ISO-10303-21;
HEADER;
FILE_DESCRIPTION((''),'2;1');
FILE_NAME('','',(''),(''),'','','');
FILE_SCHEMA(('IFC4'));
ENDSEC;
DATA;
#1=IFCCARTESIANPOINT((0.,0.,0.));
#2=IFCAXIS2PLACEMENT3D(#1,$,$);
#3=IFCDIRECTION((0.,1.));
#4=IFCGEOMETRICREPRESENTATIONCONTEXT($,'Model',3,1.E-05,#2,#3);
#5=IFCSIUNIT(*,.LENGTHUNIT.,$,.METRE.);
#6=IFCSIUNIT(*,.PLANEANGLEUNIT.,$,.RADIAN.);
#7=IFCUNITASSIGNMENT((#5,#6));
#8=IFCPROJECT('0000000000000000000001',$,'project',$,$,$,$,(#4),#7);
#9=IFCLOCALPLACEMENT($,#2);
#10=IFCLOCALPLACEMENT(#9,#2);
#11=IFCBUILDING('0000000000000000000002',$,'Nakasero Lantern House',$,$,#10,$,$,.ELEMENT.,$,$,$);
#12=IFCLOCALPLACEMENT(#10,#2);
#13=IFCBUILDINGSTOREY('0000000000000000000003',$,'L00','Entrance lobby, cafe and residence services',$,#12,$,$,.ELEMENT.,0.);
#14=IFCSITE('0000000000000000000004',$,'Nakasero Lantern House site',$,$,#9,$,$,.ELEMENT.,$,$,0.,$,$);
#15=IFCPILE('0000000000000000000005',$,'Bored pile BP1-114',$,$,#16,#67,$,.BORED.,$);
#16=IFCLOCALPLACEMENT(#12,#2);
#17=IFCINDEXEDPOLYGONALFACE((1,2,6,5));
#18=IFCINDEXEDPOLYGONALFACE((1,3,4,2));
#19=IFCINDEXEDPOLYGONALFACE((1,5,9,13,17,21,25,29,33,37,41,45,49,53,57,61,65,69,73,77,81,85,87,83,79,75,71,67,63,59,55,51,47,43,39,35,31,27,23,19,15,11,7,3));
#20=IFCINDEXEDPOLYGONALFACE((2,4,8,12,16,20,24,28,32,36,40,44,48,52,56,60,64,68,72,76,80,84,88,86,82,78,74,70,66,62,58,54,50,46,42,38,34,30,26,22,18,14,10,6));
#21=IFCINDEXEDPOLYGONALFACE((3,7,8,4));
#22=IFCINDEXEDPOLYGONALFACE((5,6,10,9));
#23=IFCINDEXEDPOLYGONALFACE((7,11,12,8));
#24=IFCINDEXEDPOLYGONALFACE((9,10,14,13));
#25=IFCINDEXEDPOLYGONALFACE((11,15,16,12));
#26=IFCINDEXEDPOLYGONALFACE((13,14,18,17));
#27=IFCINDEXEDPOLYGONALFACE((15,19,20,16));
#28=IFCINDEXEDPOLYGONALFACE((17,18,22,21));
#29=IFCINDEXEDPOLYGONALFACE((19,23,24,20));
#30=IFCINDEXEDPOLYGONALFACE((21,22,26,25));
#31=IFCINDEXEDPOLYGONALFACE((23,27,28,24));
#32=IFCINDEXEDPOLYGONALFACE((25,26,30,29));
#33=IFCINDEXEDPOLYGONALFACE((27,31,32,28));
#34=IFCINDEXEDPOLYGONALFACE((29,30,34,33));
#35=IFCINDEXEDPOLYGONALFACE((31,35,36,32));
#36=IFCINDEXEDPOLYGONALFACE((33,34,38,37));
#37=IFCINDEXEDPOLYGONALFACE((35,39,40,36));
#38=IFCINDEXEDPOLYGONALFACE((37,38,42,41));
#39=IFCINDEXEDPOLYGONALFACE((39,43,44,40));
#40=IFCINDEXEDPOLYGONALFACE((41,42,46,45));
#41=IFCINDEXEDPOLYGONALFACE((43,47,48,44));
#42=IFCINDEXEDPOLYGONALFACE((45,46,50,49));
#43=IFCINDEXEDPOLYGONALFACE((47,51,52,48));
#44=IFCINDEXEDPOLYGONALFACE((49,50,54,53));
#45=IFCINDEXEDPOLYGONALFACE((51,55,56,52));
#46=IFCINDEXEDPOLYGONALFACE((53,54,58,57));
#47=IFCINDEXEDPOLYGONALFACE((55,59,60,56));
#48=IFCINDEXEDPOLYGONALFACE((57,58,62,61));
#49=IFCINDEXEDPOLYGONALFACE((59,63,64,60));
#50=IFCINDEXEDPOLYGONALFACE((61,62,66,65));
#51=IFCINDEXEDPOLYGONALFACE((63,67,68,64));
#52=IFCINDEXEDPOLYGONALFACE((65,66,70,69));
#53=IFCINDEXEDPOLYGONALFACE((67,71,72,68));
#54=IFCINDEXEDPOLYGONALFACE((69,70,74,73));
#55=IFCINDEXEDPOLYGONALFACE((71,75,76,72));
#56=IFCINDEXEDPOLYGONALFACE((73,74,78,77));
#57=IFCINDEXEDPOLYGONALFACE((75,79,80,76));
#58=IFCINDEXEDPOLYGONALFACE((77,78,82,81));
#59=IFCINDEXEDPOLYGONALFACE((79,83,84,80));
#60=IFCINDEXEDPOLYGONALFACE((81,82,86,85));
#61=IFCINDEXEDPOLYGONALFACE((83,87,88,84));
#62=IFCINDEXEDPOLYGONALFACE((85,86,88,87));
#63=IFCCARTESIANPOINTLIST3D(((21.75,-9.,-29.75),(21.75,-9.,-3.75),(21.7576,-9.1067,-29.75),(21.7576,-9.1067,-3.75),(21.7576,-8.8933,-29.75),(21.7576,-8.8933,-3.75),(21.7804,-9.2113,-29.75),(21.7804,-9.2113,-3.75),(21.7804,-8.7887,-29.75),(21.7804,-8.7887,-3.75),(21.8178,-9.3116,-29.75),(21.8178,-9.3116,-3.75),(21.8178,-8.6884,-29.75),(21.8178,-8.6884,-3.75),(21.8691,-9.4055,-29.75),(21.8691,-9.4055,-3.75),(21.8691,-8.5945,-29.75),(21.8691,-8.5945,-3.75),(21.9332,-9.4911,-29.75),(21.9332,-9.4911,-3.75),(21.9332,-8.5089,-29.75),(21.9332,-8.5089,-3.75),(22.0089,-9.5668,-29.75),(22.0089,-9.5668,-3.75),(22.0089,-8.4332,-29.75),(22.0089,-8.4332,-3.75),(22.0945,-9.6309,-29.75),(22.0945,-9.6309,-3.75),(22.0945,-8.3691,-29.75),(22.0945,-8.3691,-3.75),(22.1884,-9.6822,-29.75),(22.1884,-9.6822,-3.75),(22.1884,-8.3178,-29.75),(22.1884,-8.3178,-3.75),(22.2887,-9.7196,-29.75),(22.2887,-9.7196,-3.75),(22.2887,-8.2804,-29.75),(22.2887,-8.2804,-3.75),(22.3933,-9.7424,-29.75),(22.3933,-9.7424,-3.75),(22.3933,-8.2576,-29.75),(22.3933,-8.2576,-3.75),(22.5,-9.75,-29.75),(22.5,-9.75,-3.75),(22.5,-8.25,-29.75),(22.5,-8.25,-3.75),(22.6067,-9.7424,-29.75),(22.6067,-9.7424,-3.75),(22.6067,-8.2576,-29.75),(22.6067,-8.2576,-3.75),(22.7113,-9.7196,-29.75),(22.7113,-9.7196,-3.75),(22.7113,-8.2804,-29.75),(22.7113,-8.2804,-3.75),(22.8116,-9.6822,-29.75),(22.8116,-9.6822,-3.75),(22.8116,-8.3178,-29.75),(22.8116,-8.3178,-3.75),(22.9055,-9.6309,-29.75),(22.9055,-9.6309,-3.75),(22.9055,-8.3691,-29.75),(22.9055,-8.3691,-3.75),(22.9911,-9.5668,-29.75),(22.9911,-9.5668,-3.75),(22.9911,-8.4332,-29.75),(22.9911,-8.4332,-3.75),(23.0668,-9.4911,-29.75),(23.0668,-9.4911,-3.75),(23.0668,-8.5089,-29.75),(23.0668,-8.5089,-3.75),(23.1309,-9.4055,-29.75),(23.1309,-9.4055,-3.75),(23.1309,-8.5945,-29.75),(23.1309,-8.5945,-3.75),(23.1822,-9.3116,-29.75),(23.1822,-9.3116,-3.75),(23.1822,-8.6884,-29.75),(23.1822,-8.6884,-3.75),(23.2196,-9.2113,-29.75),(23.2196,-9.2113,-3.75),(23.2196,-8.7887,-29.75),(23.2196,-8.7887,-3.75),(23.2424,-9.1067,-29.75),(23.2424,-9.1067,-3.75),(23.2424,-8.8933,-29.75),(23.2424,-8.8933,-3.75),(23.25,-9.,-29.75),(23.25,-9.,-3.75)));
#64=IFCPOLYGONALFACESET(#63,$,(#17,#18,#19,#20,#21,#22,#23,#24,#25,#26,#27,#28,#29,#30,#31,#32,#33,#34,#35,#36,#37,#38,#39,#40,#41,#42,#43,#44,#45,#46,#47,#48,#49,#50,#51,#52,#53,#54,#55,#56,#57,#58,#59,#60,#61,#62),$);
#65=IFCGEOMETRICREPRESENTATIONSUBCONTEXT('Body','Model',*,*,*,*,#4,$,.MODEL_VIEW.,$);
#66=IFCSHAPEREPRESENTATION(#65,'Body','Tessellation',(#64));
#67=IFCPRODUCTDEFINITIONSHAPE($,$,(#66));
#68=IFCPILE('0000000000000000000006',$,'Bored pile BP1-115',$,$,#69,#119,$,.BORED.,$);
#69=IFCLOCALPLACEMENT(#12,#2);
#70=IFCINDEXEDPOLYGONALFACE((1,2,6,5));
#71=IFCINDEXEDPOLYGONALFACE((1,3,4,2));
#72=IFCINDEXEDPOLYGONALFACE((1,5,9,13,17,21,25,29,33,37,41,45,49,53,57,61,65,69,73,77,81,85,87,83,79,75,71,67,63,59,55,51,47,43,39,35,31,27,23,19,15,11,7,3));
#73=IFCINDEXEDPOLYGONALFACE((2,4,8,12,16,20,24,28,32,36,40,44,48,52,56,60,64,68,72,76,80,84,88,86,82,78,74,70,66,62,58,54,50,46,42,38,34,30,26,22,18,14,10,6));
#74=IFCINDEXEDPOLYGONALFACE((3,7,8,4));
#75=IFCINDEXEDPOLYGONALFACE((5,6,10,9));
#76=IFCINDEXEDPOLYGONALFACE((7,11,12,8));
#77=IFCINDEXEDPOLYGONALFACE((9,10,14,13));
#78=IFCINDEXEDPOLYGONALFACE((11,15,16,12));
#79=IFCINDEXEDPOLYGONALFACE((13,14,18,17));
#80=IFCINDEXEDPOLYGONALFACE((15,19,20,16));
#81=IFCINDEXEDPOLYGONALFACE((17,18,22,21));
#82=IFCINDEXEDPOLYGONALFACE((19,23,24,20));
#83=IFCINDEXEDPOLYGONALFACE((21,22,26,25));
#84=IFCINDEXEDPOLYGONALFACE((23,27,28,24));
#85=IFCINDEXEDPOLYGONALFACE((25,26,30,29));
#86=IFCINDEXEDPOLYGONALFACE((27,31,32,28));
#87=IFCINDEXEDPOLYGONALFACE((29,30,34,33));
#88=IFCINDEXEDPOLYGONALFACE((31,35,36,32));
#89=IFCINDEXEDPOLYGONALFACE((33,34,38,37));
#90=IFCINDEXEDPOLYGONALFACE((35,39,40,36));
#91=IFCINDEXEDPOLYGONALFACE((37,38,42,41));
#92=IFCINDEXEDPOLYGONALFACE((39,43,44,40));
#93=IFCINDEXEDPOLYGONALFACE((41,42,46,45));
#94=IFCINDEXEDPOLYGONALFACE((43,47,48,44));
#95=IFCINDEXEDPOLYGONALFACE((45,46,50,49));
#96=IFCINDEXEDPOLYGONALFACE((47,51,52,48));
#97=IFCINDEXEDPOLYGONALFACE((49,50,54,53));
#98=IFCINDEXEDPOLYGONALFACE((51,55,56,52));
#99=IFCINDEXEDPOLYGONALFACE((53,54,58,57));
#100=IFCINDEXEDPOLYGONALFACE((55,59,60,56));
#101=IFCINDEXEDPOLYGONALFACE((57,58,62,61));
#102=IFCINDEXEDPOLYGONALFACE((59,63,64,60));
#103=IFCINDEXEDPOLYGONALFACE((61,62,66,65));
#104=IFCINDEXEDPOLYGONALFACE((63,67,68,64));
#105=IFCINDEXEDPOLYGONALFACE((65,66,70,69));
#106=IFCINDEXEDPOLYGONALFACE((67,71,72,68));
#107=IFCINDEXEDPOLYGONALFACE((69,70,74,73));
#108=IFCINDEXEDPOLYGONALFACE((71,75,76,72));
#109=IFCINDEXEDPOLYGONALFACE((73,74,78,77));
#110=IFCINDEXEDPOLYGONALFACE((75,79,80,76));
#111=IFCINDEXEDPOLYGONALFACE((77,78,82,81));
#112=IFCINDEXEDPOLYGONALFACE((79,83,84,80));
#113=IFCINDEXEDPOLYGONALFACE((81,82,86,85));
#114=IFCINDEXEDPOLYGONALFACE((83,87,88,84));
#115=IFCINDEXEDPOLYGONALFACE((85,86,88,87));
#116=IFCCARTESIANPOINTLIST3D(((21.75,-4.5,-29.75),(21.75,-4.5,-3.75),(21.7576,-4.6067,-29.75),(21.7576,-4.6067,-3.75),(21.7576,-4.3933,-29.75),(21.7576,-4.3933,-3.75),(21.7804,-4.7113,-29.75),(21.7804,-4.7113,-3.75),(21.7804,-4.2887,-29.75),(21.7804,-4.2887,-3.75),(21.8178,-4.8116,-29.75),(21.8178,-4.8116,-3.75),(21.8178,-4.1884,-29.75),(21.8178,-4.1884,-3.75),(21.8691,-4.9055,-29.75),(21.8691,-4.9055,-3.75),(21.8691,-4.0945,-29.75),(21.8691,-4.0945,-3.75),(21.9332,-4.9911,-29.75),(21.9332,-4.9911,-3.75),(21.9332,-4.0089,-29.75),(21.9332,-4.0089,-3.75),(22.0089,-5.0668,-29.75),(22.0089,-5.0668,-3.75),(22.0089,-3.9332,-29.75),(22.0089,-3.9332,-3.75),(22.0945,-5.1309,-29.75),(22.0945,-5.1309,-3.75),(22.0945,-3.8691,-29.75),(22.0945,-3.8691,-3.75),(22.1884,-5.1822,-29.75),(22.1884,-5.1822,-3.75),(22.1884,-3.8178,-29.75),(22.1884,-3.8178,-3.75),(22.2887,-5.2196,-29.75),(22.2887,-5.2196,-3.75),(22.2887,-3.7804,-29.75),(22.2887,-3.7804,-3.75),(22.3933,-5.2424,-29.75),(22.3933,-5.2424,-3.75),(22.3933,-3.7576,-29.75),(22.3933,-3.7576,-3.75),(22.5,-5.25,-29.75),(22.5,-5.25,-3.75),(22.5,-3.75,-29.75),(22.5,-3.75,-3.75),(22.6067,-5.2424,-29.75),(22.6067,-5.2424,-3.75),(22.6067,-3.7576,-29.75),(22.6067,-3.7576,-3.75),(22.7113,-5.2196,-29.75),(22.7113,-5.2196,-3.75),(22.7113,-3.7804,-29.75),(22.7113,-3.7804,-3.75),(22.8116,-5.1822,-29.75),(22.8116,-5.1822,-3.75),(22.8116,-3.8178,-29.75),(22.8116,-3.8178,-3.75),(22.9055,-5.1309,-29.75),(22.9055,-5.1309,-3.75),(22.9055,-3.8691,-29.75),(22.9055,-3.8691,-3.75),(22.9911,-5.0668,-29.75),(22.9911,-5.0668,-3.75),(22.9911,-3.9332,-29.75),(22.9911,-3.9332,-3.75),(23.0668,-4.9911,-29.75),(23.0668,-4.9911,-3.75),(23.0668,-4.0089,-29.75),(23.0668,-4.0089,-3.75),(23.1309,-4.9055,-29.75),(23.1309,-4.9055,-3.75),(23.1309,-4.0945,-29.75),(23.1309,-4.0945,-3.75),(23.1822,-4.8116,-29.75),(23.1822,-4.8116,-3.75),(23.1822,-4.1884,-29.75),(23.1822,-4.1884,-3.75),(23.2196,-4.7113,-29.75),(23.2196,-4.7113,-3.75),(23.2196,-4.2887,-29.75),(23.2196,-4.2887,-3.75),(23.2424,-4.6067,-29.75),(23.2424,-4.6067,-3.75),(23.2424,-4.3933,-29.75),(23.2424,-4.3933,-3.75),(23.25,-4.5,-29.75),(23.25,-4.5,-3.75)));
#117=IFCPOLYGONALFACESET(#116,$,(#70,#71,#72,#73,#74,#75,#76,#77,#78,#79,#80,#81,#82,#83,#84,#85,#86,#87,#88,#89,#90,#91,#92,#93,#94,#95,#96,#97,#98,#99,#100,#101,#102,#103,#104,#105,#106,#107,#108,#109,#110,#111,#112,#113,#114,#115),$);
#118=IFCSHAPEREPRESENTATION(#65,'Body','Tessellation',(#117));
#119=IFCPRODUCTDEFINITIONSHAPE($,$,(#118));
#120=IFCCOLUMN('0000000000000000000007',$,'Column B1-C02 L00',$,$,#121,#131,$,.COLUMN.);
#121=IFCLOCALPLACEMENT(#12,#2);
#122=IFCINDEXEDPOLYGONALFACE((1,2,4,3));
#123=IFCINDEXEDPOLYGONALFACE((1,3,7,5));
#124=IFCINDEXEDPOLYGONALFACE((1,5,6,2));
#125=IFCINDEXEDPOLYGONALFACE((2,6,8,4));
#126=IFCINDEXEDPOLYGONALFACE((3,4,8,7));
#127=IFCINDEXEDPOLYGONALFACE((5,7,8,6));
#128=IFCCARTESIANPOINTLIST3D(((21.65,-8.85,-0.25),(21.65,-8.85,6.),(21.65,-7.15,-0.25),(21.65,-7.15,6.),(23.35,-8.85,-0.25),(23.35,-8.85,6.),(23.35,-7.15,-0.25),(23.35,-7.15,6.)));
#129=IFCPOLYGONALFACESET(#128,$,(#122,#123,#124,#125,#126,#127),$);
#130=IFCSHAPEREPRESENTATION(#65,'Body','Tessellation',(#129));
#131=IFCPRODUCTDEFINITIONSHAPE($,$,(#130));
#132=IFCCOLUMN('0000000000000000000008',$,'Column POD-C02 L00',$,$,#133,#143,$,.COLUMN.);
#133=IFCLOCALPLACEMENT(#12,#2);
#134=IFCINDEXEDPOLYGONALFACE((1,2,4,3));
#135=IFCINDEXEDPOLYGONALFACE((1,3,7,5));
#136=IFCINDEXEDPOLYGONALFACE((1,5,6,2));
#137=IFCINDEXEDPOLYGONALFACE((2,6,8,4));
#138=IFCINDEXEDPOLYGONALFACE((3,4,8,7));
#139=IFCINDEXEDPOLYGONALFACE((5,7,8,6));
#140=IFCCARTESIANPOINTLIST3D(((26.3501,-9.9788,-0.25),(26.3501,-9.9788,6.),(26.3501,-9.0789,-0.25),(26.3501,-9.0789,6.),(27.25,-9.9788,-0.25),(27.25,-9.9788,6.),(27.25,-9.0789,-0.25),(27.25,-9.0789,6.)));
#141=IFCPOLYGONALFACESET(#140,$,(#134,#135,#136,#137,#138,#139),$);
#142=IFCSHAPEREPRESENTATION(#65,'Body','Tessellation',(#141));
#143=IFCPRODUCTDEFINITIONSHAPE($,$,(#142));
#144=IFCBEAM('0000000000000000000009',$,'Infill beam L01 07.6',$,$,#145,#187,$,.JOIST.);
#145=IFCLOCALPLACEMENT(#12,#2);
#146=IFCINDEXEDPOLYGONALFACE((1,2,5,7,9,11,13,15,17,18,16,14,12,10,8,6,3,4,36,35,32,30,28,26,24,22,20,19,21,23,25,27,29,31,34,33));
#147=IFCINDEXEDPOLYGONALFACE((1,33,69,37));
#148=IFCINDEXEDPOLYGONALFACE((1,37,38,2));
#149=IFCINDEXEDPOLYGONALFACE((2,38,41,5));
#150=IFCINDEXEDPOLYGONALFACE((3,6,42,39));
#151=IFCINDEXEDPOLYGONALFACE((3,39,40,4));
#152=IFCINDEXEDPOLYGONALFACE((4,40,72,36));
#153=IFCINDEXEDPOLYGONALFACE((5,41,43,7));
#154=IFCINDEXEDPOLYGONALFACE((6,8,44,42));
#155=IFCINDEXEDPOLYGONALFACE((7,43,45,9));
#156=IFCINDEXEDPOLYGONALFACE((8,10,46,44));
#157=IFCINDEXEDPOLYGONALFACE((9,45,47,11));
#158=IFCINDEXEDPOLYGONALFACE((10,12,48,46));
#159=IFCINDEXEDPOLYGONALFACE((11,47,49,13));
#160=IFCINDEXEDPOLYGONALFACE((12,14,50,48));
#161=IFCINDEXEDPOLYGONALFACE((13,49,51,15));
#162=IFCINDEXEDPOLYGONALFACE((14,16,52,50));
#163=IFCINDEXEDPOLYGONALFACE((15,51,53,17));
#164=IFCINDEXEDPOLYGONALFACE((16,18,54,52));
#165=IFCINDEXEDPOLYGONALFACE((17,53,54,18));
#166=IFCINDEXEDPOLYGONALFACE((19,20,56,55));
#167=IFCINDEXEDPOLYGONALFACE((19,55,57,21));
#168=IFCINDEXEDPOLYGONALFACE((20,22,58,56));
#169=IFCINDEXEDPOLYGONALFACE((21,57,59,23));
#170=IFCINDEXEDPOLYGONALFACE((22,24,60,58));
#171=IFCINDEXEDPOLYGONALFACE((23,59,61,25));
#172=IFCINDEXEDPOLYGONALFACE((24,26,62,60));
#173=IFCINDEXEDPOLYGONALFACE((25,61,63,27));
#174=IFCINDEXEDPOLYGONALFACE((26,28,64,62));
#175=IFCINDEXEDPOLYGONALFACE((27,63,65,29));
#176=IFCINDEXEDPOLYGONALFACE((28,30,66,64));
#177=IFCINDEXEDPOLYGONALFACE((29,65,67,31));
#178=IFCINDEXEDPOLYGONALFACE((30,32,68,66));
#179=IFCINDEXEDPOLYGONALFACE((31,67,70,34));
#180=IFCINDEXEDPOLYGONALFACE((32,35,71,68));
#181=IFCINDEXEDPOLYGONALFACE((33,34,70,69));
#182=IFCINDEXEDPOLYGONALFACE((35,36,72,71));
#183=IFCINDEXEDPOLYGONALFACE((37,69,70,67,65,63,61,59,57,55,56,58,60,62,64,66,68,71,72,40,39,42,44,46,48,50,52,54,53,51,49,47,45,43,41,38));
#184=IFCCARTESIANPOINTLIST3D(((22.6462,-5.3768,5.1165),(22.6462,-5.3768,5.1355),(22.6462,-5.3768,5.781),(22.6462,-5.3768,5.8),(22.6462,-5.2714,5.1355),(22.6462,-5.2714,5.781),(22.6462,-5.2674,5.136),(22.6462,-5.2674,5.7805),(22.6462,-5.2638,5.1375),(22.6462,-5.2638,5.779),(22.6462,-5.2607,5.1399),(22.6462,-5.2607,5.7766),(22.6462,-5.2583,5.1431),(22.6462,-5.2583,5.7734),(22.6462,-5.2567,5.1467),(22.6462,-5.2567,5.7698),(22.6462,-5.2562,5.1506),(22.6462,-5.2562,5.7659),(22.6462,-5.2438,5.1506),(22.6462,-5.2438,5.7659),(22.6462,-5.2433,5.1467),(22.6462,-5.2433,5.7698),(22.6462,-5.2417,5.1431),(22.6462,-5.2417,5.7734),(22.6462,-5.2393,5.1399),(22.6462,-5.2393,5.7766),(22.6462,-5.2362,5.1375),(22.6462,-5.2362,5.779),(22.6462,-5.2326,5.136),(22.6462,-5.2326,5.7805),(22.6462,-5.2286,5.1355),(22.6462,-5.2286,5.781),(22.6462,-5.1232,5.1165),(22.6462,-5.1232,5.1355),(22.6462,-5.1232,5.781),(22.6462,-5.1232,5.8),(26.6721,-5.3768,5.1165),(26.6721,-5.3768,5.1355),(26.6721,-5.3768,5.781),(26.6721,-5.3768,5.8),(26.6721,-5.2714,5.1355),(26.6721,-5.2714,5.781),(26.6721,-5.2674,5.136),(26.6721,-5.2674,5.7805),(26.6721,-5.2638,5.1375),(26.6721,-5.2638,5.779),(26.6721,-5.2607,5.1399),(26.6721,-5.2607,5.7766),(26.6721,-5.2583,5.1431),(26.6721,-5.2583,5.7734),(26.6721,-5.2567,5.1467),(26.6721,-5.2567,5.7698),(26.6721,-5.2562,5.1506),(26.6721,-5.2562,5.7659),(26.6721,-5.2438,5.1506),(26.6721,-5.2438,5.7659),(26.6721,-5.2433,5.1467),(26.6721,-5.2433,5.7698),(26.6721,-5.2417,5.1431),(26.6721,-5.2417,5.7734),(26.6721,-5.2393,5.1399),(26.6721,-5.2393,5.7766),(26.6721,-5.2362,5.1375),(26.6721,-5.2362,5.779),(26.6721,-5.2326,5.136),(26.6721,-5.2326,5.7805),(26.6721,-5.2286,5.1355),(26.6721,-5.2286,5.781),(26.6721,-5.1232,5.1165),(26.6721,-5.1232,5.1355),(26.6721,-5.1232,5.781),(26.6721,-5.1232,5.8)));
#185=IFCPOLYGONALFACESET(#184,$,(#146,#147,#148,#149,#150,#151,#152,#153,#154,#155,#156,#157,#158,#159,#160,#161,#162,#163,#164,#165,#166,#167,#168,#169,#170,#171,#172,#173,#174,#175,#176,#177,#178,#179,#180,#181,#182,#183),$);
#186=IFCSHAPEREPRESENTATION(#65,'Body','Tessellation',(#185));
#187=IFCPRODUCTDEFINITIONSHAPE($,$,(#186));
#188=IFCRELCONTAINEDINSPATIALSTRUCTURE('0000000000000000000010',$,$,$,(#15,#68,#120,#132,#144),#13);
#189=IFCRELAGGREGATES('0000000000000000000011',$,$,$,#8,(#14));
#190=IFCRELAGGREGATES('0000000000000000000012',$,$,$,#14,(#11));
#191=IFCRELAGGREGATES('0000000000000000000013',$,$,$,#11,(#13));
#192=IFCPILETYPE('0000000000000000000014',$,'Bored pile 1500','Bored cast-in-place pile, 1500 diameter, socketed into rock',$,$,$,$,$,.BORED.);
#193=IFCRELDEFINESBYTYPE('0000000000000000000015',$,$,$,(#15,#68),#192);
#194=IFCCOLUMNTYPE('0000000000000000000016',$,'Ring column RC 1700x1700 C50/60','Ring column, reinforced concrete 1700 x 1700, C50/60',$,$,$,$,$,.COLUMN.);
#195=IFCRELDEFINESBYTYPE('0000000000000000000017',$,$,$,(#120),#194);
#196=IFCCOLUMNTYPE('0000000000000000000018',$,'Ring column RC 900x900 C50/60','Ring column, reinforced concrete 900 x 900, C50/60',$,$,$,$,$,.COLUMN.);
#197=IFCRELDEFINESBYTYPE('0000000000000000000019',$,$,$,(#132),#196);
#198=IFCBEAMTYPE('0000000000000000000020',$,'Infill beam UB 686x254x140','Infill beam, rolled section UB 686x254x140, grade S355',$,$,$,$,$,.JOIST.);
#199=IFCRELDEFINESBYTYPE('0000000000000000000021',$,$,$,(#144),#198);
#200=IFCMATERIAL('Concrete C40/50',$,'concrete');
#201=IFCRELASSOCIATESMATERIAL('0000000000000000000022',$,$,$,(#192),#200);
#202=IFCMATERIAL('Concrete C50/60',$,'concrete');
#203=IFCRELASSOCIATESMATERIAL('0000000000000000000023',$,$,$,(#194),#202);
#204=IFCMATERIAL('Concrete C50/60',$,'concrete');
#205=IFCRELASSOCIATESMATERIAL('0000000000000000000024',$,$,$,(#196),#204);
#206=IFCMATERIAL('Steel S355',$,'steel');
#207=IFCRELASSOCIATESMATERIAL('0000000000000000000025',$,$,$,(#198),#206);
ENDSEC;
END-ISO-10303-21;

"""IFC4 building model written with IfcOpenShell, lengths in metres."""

from ifc_helpers import new_model, si_unit, direction, frame, origin, origin_2d, place, context, subcontext, project, spatial, rectangle, circle, i_section, extrude, material, material_profile, profile_set, type_object, element, save


model = new_model("IFC4")

# Units and contexts
model_context = context("Model", 3, precision=1e-05, world=origin(), true_north=direction((0.0, 1.0)))
body_context = subcontext(model_context, "Body", "Model", "MODEL_VIEW")
ifc_project = project(units=[si_unit("LENGTHUNIT", "METRE"), si_unit("PLANEANGLEUNIT", "RADIAN")], contexts=[model_context])

# Site, building, storey
site_placement = place(None, origin())
site = spatial("IfcSite", under=ifc_project, at=site_placement, Name="Nakasero Lantern House site", CompositionType="ELEMENT", RefElevation=0.0)
building_placement = place(site_placement, origin())
building = spatial("IfcBuilding", under=site, at=building_placement, Name="Nakasero Lantern House", CompositionType="ELEMENT")
storey_placement = place(building_placement, origin())
storey = spatial("IfcBuildingStorey", under=building, at=storey_placement, Name="L00", Description="Entrance lobby, cafe and residence services", CompositionType="ELEMENT", Elevation=0.0)

# Piles
ifc_material_1 = material(Name="Concrete C40/50", Category="concrete")
pile_type = type_object("IfcPileType", Name="Bored pile 1500", Description="Bored cast-in-place pile, 1500 diameter, socketed into rock", PredefinedType="BORED", material=ifc_material_1)
for number, where, z_axis, x_axis, name in (
    (1, (22.5, -9.0, -3.75), (0.0, 0.0, -1.0), (1.0, 0.0, 0.0), "Bored pile BP1-114"),
    (2, (22.5, -4.5, -3.75), (0.0, 0.0, -1.0), (1.0, 0.0, 0.0), "Bored pile BP1-115"),
):
    element("IfcPile", number, at=place(storey_placement, frame(where, z_axis=z_axis, x_axis=x_axis)), inside=storey, type_object=pile_type, Name=name, PredefinedType="BORED", context=body_context, shape_type="SweptSolid", body=[
        extrude(circle(Radius=0.75, at=origin_2d()), origin(), (0.0, 0.0, 1.0), 26.0),
    ])

# Columns
ifc_material_2 = material(Name="Concrete C50/60", Category="concrete")
ifc_material_profile_1 = material_profile(ifc_material_2, rectangle(XDim=1.7, YDim=1.7, at=origin_2d()), Name="RC 1700x1700")
ifc_profile_set_1 = profile_set([ifc_material_profile_1], Name="Concrete C50/60")
column_type_1 = type_object("IfcColumnType", Name="Ring column RC 1700x1700 C50/60", Description="Ring column, reinforced concrete 1700 x 1700, C50/60", PredefinedType="COLUMN", material=ifc_profile_set_1)
column_1_placement = place(storey_placement, frame((22.5, -8.0, -0.25), z_axis=(0.0, 0.0, 1.0), x_axis=(1.0, 0.0, 0.0)))
element("IfcColumn", 3, at=column_1_placement, inside=storey, type_object=column_type_1, Name="Column B1-C02 L00", PredefinedType="COLUMN", context=body_context, shape_type="SweptSolid", body=[
    extrude(rectangle(XDim=1.7, YDim=1.7, at=origin_2d()), origin(), (0.0, 0.0, 1.0), 6.25),
])
ifc_material_3 = material(Name="Concrete C50/60", Category="concrete")
ifc_material_profile_2 = material_profile(ifc_material_3, rectangle(XDim=0.8999, YDim=0.8999, at=origin_2d()), Name="RC 900x900")
ifc_profile_set_2 = profile_set([ifc_material_profile_2], Name="Concrete C50/60")
column_type_2 = type_object("IfcColumnType", Name="Ring column RC 900x900 C50/60", Description="Ring column, reinforced concrete 900 x 900, C50/60", PredefinedType="COLUMN", material=ifc_profile_set_2)
column_2_placement = place(storey_placement, frame((26.8, -9.5288, -0.25), z_axis=(0.0, 0.0, 1.0), x_axis=(1.0, 0.0, 0.0)))
element("IfcColumn", 4, at=column_2_placement, inside=storey, type_object=column_type_2, Name="Column POD-C02 L00", PredefinedType="COLUMN", context=body_context, shape_type="SweptSolid", body=[
    extrude(rectangle(XDim=0.8999, YDim=0.8999, at=origin_2d()), origin(), (0.0, 0.0, 1.0), 6.25),
])

# Beam
ifc_material_4 = material(Name="Steel S355", Category="steel")
ifc_material_profile_3 = material_profile(ifc_material_4, i_section(OverallWidth=0.2537, OverallDepth=0.6836, WebThickness=0.0125, FlangeThickness=0.019, FilletRadius=0.0151, at=origin_2d()), Name="UB 686x254x140")
ifc_profile_set_3 = profile_set([ifc_material_profile_3], Name="Steel S355")
beam_type_1 = type_object("IfcBeamType", Name="Infill beam UB 686x254x140", Description="Infill beam, rolled section UB 686x254x140, grade S355", PredefinedType="JOIST", material=ifc_profile_set_3)
beam_1_placement = place(storey_placement, frame((22.6462, -5.25, 5.4583), z_axis=(1.0, 0.0, 0.0), x_axis=(0.0, 1.0, 0.0)))
element("IfcBeam", 5, at=beam_1_placement, inside=storey, type_object=beam_type_1, Name="Infill beam L01 07.6", PredefinedType="JOIST", context=body_context, shape_type="SweptSolid", body=[
    extrude(i_section(OverallWidth=0.2537, OverallDepth=0.6836, WebThickness=0.0125, FlangeThickness=0.019, FilletRadius=0.0151, at=origin_2d()), origin(), (0.0, 0.0, 1.0), 4.0259),
])

save(model, "model.ifc")
